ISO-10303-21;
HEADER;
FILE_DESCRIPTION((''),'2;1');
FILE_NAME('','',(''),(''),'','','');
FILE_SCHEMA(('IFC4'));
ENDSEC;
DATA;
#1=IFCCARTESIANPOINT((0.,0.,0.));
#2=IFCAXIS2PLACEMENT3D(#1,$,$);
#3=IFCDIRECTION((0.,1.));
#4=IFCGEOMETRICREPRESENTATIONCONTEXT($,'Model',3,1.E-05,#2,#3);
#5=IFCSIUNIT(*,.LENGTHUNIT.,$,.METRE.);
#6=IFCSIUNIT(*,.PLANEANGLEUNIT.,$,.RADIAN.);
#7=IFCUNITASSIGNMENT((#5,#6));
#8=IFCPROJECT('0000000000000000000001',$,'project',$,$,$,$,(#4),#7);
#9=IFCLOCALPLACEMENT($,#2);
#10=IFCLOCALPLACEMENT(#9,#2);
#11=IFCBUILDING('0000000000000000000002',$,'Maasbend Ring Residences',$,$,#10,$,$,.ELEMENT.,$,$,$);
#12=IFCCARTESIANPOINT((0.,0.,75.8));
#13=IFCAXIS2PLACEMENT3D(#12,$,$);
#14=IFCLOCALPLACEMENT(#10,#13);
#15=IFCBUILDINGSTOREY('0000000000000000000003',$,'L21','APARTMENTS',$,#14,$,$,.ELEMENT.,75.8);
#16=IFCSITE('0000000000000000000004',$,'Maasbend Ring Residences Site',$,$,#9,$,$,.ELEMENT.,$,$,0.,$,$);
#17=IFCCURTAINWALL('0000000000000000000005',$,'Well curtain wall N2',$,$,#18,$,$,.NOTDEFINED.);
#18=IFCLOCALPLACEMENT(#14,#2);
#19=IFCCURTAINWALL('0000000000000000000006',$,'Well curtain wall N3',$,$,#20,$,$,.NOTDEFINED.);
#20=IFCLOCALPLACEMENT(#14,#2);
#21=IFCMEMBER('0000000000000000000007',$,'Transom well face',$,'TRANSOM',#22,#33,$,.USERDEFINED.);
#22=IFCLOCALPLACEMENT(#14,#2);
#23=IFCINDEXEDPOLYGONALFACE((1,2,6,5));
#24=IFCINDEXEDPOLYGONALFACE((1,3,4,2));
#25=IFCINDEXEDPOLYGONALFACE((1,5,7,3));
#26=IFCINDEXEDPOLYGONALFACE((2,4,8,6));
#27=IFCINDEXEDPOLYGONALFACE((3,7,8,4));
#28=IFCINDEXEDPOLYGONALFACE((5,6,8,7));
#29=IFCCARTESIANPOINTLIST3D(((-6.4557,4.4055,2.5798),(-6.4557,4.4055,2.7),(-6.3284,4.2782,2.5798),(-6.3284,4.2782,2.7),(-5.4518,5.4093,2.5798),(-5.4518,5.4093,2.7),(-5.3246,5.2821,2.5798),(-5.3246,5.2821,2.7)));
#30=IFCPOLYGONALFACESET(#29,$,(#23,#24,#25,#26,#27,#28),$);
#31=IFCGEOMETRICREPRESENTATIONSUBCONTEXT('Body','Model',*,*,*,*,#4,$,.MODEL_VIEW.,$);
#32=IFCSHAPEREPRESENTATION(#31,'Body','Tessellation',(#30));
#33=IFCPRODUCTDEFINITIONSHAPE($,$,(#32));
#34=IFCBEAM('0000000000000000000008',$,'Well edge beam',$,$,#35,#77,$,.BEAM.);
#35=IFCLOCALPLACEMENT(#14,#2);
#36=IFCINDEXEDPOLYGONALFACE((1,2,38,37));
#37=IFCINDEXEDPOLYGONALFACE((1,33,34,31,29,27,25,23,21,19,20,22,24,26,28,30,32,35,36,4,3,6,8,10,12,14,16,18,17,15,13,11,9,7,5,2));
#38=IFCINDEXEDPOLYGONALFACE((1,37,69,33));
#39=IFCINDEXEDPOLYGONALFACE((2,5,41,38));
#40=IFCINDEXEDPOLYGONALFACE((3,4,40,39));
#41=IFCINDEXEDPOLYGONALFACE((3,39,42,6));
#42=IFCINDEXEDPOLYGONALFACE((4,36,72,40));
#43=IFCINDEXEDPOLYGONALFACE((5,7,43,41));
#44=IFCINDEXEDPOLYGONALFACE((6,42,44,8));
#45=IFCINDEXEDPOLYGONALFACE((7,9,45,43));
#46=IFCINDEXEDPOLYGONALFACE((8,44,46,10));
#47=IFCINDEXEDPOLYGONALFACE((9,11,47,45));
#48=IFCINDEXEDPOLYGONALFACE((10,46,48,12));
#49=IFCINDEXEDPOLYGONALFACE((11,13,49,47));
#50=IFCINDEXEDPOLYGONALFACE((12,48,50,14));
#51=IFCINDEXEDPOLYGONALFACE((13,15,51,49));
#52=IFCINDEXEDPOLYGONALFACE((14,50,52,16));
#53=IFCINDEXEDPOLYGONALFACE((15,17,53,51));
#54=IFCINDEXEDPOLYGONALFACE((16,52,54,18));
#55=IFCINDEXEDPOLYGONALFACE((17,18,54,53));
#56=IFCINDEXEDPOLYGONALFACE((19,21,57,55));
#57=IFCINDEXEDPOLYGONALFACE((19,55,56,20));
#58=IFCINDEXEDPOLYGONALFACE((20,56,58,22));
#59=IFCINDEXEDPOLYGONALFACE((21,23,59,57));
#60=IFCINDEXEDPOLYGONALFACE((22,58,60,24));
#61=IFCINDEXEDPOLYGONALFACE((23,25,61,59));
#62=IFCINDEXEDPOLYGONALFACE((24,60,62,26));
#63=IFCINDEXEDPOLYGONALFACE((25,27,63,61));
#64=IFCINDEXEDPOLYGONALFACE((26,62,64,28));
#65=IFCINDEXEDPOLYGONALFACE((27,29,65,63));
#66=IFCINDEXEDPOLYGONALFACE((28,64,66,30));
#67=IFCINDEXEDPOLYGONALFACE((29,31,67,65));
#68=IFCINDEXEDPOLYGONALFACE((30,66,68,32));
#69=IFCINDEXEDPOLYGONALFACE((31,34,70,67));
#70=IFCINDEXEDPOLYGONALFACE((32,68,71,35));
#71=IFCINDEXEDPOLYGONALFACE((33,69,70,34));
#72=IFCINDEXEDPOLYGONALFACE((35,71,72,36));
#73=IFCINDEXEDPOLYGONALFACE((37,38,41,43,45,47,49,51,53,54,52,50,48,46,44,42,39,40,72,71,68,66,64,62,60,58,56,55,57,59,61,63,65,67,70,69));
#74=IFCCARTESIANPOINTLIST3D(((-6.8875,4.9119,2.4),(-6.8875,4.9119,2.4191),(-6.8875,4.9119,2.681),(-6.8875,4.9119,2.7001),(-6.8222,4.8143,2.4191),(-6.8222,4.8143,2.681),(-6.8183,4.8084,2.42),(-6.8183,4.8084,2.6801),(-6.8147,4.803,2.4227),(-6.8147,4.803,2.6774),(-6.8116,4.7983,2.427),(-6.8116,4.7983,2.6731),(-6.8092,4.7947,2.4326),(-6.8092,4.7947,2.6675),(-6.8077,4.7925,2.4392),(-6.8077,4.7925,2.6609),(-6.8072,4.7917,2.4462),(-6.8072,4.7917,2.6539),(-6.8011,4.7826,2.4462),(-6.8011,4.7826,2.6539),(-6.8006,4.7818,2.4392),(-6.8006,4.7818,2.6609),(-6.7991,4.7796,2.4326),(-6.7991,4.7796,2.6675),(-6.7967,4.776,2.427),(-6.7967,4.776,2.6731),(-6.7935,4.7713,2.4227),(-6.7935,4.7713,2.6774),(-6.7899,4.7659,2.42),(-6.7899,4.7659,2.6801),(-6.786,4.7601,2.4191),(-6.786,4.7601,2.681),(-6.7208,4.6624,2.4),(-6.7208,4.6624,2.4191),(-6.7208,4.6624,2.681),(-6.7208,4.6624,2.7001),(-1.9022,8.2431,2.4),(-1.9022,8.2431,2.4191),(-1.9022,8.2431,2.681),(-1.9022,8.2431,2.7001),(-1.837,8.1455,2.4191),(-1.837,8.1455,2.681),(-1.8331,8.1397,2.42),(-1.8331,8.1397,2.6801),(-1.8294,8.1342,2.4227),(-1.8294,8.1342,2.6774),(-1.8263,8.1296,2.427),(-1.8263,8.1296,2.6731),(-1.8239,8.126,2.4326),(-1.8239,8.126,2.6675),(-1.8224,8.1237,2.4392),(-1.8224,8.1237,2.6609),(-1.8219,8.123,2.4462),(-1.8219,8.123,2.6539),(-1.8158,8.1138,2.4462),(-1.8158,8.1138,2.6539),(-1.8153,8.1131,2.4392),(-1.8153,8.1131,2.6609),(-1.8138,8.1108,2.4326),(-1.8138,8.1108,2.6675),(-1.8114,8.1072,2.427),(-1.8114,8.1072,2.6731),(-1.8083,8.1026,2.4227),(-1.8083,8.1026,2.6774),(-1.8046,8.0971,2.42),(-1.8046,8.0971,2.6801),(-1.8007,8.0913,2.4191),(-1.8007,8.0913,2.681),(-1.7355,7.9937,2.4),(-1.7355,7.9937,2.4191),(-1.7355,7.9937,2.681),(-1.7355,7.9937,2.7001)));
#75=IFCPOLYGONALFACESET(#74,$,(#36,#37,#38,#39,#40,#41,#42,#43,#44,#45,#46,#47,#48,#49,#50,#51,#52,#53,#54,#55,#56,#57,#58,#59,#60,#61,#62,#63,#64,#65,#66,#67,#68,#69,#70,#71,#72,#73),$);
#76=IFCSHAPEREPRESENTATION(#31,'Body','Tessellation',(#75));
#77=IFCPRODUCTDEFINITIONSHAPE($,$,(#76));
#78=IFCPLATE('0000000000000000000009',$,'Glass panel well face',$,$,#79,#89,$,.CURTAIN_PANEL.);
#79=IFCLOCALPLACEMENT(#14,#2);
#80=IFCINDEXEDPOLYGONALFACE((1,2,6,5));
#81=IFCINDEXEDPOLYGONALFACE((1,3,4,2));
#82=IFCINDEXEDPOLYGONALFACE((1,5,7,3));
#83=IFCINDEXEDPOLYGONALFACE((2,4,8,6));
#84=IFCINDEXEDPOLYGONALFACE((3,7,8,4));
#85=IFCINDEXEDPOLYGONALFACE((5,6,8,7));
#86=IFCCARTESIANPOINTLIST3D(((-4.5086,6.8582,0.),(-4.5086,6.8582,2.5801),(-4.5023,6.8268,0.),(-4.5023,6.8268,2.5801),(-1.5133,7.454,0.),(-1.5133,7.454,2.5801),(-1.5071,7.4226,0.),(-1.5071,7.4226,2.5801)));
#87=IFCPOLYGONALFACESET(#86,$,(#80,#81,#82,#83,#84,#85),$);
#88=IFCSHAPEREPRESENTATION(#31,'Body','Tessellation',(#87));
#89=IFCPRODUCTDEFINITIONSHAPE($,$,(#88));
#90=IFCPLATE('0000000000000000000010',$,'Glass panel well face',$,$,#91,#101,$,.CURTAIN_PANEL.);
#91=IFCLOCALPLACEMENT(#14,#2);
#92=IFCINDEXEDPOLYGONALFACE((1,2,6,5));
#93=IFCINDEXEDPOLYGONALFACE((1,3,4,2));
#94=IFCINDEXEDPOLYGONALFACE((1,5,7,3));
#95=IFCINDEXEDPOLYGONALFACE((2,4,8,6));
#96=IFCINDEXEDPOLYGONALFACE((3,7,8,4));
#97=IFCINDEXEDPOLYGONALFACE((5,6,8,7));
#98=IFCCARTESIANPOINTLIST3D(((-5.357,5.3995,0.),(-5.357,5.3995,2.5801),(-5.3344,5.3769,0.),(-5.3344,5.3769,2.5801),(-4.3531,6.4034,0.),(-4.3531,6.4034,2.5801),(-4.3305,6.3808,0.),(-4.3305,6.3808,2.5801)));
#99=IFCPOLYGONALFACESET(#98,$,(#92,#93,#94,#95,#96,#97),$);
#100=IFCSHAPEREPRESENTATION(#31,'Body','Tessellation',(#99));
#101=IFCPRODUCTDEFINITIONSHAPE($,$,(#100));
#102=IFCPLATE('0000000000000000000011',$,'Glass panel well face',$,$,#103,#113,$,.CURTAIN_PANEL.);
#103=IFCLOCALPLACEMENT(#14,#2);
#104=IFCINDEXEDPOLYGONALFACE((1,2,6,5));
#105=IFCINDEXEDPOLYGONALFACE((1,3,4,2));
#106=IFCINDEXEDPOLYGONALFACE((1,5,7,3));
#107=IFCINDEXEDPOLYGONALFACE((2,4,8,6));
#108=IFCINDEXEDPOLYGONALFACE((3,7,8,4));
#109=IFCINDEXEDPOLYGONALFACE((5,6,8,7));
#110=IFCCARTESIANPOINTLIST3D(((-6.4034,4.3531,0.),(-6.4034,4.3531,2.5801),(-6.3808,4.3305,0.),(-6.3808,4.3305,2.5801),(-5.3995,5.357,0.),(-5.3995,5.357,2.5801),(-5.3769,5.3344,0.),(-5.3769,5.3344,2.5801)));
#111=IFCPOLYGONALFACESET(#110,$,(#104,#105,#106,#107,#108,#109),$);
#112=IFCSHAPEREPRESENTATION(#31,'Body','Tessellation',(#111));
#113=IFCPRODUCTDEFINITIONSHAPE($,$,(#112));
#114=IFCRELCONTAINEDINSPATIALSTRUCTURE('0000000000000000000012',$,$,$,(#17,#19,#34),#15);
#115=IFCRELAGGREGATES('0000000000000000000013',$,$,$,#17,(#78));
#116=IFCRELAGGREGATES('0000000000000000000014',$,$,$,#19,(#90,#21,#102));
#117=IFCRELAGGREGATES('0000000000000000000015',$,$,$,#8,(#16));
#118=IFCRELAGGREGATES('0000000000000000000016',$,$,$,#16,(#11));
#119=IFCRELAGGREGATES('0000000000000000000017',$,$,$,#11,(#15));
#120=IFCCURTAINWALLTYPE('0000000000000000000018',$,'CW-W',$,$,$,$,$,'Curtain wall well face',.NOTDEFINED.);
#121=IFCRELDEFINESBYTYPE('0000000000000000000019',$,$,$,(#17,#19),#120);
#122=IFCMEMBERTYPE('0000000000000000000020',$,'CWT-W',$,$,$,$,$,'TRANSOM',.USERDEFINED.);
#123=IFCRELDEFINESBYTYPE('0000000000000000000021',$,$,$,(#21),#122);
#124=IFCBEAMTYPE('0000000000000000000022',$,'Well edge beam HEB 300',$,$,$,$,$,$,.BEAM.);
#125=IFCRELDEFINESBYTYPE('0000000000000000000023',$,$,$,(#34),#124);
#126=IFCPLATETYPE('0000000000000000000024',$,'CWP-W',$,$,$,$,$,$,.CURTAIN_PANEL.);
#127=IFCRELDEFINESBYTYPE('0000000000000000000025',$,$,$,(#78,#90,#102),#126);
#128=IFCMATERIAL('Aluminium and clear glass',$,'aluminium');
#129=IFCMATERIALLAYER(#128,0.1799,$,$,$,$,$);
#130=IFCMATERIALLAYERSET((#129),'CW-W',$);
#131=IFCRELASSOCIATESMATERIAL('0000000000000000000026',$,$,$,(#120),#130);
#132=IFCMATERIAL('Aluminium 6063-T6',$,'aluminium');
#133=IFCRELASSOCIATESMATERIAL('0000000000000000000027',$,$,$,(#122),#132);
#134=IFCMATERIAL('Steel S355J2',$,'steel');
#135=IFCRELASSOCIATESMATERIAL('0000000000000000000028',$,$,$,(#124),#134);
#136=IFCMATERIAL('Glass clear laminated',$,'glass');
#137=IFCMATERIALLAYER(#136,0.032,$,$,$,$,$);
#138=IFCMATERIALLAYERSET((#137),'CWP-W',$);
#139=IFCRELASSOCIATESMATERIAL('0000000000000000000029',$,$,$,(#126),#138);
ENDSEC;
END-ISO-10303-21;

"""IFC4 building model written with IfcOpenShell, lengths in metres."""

from ifc_helpers import new_model, si_unit, direction, frame, origin, origin_2d, place, context, subcontext, project, spatial, rectangle, i_section, extrude, material, layer, layer_set, material_profile, profile_set, type_object, element, aggregate, save


model = new_model("IFC4")

# Units and contexts
model_context = context("Model", 3, precision=1e-05, world=origin(), true_north=direction((0.0, 1.0)))
body_context = subcontext(model_context, "Body", "Model", "MODEL_VIEW")
ifc_project = project(units=[si_unit("LENGTHUNIT", "METRE"), si_unit("PLANEANGLEUNIT", "RADIAN")], contexts=[model_context])

# Site, building, storey
site_placement = place(None, origin())
site = spatial("IfcSite", under=ifc_project, at=site_placement, Name="Maasbend Ring Residences Site", CompositionType="ELEMENT", RefElevation=0.0)
building_placement = place(site_placement, origin())
building = spatial("IfcBuilding", under=site, at=building_placement, Name="Maasbend Ring Residences", CompositionType="ELEMENT")
storey_placement = place(building_placement, frame((0.0, 0.0, 75.8)))
storey = spatial("IfcBuildingStorey", under=building, at=storey_placement, Name="L21", Description="APARTMENTS", CompositionType="ELEMENT", Elevation=75.8)

# Curtain walls
ifc_material_1 = material(Name="Aluminium and clear glass", Category="aluminium")
ifc_layer_1 = layer(ifc_material_1, 0.1799)
ifc_layer_set_1 = layer_set([ifc_layer_1], Name="CW-W")
curtain_wall_type = type_object("IfcCurtainWallType", Name="CW-W", ElementType="Curtain wall well face", PredefinedType="NOTDEFINED", material=ifc_layer_set_1)
curtain_wall_1_placement = place(storey_placement, origin())
curtain_wall_1 = element("IfcCurtainWall", 1, at=curtain_wall_1_placement, inside=storey, type_object=curtain_wall_type, Name="Well curtain wall N2", PredefinedType="NOTDEFINED")
curtain_wall_2_placement = place(storey_placement, origin())
curtain_wall_2 = element("IfcCurtainWall", 2, at=curtain_wall_2_placement, inside=storey, type_object=curtain_wall_type, Name="Well curtain wall N3", PredefinedType="NOTDEFINED")

# Member
ifc_material_2 = material(Name="Aluminium 6063-T6", Category="aluminium")
ifc_material_profile_1 = material_profile(ifc_material_2, rectangle(XDim=0.1799, YDim=0.1201, at=origin_2d()), Name="AL 180x120")
ifc_profile_set_1 = profile_set([ifc_material_profile_1], Name="Aluminium 6063-T6")
member_type_1 = type_object("IfcMemberType", Name="CWT-W", ElementType="TRANSOM", PredefinedType="USERDEFINED", material=ifc_profile_set_1)
member_1_placement = place(storey_placement, frame((-5.3882, 5.3457, 2.6399), z_axis=(-0.707107, -0.707107, 0.0), x_axis=(0.707107, -0.707107, 0.0)))
member_1 = element("IfcMember", 3, at=member_1_placement, type_object=member_type_1, Name="Transom well face", ObjectType="TRANSOM", PredefinedType="USERDEFINED", context=body_context, shape_type="SweptSolid", body=[
    extrude(rectangle(XDim=0.1799, YDim=0.1201, at=origin_2d()), origin(), (0.0, 0.0, 1.0), 1.4197),
])

# Beam
ifc_material_3 = material(Name="Steel S355J2", Category="steel")
ifc_material_profile_2 = material_profile(ifc_material_3, i_section(OverallWidth=0.3, OverallDepth=0.3, WebThickness=0.011, FlangeThickness=0.019, FilletRadius=0.0271, at=origin_2d()), Name="HEB 300")
ifc_profile_set_2 = profile_set([ifc_material_profile_2], Name="Steel S355J2")
beam_type = type_object("IfcBeamType", Name="Well edge beam HEB 300", PredefinedType="BEAM", material=ifc_profile_set_2)
beam_placement = place(storey_placement, frame((-1.8188, 8.1184, 2.55), z_axis=(-0.831455, -0.555593, 0.0), x_axis=(0.555593, -0.831455, 0.0)))
element("IfcBeam", 4, at=beam_placement, inside=storey, type_object=beam_type, Name="Well edge beam", PredefinedType="BEAM", context=body_context, shape_type="SweptSolid", body=[
    extrude(i_section(OverallWidth=0.3, OverallDepth=0.3, WebThickness=0.011, FlangeThickness=0.019, FilletRadius=0.0271, at=origin_2d()), origin(), (0.0, 0.0, 1.0), 5.9958),
])

# Plates
ifc_material_4 = material(Name="Glass clear laminated", Category="glass")
ifc_layer_2 = layer(ifc_material_4, 0.032)
ifc_layer_set_2 = layer_set([ifc_layer_2], Name="CWP-W")
plate_type = type_object("IfcPlateType", Name="CWP-W", PredefinedType="CURTAIN_PANEL", material=ifc_layer_set_2)
plate_1_placement = place(storey_placement, frame((-3.0078, 7.1404, 0.0), z_axis=(0.0, 0.0, 1.0), x_axis=(-0.980785, -0.19509, 0.0)))
plate_1 = element("IfcPlate", 5, at=plate_1_placement, type_object=plate_type, Name="Glass panel well face", PredefinedType="CURTAIN_PANEL", context=body_context, shape_type="SweptSolid", body=[
    extrude(rectangle(XDim=3.054, YDim=0.032, at=origin_2d()), origin(), (0.0, 0.0, 1.0), 2.5801),
])
aggregate(curtain_wall_1, [plate_1])
plate_2_placement = place(storey_placement, frame((-4.8438, 5.8901, 0.0), z_axis=(0.0, 0.0, 1.0), x_axis=(-0.707107, -0.707107, 0.0)))
plate_2 = element("IfcPlate", 6, at=plate_2_placement, type_object=plate_type, Name="Glass panel well face", PredefinedType="CURTAIN_PANEL", context=body_context, shape_type="SweptSolid", body=[
    extrude(rectangle(XDim=1.4197, YDim=0.032, at=origin_2d()), origin(), (0.0, 0.0, 1.0), 2.5801),
])
plate_3_placement = place(storey_placement, frame((-5.8901, 4.8438, 0.0), z_axis=(0.0, 0.0, 1.0), x_axis=(-0.707107, -0.707107, 0.0)))
plate_3 = element("IfcPlate", 7, at=plate_3_placement, type_object=plate_type, Name="Glass panel well face", PredefinedType="CURTAIN_PANEL", context=body_context, shape_type="SweptSolid", body=[
    extrude(rectangle(XDim=1.4197, YDim=0.032, at=origin_2d()), origin(), (0.0, 0.0, 1.0), 2.5801),
])
aggregate(curtain_wall_2, [plate_2, member_1, plate_3])

save(model, "model.ifc")
